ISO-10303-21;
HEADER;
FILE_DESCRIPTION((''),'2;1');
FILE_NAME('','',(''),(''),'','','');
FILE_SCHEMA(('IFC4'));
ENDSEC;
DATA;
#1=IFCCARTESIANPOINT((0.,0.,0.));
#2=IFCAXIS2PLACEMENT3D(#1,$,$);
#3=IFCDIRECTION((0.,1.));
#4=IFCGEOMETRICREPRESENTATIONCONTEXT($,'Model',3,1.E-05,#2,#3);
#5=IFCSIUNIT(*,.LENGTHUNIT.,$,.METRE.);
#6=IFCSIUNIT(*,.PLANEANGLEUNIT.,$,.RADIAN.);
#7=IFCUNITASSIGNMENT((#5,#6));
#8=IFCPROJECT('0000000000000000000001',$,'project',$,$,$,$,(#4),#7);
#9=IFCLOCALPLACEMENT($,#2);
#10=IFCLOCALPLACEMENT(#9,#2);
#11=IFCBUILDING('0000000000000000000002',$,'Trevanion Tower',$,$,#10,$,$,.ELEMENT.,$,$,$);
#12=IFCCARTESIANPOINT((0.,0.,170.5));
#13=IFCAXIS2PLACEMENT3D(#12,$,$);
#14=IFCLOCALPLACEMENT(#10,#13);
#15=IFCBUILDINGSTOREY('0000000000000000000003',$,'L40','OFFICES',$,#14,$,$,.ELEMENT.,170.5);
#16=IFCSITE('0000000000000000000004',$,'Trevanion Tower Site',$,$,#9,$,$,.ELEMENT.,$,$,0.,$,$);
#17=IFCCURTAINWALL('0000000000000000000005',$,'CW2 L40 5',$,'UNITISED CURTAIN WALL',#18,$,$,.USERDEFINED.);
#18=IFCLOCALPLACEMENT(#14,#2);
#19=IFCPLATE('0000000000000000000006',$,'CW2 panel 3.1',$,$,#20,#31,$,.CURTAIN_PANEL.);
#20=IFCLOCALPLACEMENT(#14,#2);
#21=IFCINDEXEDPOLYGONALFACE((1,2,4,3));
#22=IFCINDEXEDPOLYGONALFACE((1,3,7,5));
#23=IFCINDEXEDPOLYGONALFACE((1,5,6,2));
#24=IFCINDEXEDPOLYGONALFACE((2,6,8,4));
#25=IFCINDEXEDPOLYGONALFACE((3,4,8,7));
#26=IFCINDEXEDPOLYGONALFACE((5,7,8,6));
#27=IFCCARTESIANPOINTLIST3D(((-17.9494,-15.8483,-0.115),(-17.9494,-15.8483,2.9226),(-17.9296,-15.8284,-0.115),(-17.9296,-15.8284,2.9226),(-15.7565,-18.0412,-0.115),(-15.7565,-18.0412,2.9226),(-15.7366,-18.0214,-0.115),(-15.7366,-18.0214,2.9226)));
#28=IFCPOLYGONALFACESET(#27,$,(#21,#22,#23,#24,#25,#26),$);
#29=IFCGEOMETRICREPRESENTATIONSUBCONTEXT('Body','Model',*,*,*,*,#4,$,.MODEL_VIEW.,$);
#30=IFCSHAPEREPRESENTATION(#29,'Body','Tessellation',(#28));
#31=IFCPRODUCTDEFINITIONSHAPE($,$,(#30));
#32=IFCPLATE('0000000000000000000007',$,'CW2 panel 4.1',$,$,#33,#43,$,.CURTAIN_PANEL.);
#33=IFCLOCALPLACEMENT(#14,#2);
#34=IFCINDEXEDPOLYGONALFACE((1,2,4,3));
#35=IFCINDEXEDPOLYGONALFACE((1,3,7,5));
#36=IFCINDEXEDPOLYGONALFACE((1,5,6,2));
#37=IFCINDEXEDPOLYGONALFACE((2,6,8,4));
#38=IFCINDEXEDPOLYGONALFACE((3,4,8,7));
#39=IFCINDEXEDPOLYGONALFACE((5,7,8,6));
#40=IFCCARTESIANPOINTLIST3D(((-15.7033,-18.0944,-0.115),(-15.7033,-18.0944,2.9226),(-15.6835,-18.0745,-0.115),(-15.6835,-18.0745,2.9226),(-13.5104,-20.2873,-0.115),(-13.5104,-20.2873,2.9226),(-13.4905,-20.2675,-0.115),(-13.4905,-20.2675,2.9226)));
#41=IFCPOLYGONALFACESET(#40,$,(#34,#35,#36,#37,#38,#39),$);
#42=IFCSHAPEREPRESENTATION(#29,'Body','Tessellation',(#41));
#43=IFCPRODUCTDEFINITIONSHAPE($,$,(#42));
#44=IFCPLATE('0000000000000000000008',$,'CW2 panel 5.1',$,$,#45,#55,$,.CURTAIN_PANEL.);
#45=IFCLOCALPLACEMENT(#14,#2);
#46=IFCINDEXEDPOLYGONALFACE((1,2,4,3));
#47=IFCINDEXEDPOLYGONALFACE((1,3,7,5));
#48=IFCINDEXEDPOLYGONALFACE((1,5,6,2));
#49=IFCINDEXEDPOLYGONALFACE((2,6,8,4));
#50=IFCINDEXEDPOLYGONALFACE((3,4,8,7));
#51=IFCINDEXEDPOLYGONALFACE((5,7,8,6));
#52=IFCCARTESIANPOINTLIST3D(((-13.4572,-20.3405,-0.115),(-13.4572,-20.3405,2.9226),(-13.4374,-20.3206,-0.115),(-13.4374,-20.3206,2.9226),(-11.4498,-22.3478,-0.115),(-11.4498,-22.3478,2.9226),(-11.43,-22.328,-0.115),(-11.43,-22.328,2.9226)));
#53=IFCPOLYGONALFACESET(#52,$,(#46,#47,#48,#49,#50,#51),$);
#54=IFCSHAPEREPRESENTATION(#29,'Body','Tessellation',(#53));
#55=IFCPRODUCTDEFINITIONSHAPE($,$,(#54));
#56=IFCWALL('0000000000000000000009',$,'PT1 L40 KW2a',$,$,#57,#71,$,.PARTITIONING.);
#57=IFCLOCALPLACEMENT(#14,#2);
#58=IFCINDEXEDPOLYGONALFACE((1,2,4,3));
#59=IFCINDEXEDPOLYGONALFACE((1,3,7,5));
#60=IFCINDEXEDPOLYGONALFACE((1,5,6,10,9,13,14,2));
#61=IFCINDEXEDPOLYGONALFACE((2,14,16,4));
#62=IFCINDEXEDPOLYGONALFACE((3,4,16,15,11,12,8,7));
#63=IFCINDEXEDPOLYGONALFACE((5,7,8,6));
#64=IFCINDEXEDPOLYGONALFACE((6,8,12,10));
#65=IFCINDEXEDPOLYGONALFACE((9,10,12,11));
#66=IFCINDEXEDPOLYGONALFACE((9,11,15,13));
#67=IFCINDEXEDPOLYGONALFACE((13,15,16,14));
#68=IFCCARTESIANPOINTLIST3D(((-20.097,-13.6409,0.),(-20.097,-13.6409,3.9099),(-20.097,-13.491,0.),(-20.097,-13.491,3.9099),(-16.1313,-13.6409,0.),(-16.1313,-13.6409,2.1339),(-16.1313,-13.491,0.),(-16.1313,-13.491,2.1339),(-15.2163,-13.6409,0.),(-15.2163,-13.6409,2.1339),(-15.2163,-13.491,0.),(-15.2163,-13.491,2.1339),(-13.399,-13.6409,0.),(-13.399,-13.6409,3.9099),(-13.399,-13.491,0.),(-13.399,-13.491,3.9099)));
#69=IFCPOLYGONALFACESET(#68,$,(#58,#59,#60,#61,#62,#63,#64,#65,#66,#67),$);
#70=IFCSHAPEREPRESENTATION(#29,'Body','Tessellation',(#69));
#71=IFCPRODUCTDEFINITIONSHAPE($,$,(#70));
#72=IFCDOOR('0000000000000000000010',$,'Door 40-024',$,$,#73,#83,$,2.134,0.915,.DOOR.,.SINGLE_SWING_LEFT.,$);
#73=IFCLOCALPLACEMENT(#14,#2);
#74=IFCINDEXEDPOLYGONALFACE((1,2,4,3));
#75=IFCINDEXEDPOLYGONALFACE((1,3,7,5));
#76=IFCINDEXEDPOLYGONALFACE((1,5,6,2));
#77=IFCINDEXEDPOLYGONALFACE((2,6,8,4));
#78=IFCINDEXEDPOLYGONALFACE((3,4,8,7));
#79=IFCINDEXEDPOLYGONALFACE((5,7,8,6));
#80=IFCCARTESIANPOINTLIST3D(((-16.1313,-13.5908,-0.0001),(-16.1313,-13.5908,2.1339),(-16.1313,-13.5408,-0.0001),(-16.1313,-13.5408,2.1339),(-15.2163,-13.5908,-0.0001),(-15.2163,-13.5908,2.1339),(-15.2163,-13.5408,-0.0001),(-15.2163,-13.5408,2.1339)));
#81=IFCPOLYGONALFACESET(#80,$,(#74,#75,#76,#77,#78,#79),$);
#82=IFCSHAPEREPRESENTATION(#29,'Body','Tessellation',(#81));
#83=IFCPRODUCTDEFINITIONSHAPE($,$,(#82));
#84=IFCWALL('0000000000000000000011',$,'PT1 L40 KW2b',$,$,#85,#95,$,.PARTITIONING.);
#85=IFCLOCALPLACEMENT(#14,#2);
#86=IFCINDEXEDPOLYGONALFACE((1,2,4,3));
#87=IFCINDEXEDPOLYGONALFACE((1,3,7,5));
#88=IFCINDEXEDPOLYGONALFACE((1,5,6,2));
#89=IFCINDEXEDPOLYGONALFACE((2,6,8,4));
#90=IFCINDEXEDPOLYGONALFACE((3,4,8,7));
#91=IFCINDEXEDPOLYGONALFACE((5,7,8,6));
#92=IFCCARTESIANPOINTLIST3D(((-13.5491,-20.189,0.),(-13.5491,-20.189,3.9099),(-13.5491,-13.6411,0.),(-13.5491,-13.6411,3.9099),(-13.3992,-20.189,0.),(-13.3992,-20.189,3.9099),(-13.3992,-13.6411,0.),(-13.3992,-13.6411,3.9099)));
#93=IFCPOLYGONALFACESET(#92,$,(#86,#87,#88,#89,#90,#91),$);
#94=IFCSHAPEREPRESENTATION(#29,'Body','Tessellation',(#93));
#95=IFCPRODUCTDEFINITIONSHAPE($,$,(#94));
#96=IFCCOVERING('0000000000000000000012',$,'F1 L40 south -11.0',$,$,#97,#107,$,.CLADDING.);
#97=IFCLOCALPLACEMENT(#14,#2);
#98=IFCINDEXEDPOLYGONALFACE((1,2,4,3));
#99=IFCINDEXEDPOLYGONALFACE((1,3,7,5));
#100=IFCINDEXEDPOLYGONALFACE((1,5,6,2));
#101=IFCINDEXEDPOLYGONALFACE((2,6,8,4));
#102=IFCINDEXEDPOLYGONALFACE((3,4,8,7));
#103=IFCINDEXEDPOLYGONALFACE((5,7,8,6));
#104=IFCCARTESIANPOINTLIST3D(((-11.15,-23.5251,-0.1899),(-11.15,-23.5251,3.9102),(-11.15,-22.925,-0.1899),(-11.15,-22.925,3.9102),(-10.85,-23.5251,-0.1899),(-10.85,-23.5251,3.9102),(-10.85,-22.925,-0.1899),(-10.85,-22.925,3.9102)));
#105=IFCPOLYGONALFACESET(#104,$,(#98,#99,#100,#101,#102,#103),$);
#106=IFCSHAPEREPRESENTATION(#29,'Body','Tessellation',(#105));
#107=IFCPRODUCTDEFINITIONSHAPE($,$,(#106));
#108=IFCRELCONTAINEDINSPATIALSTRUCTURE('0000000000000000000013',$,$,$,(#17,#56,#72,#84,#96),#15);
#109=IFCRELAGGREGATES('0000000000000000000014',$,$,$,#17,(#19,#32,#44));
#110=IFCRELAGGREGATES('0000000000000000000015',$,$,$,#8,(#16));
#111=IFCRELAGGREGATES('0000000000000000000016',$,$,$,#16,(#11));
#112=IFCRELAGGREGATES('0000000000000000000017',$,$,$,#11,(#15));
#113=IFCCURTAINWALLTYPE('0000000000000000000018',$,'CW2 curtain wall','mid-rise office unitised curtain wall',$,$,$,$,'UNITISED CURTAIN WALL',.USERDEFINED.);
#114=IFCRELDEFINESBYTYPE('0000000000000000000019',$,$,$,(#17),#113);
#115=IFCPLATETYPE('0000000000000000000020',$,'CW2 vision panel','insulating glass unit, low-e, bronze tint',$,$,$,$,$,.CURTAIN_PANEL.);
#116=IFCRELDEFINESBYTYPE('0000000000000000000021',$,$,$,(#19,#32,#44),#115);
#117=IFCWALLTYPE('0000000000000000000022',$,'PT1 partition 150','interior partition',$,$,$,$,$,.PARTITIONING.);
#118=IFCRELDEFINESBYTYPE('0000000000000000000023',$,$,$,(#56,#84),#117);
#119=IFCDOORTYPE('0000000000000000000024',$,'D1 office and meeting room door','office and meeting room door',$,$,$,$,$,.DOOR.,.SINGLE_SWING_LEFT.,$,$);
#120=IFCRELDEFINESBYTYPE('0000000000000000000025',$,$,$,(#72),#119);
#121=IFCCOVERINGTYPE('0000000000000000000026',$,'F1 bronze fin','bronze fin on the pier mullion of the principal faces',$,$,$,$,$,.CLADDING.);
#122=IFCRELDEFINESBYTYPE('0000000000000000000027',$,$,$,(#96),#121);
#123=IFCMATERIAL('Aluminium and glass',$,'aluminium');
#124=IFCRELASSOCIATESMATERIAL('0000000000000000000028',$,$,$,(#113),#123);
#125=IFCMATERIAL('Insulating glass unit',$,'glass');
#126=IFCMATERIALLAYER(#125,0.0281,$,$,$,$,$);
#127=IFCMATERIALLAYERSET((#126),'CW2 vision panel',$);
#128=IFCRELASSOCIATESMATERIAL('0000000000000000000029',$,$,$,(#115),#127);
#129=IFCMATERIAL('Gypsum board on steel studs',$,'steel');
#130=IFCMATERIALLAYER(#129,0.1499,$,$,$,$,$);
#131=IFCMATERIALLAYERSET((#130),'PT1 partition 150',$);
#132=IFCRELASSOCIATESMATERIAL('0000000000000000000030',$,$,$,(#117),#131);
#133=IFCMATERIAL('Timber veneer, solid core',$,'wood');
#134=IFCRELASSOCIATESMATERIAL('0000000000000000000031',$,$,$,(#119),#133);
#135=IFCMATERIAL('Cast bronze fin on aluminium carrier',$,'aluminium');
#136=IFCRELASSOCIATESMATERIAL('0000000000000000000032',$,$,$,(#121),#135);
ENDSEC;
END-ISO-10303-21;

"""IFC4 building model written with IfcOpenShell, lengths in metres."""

from ifc_helpers import new_model, si_unit, direction, frame, frame_2d, origin, origin_2d, place, context, subcontext, project, spatial, rectangle, extrude, material, layer, layer_set, type_object, element, fill, aggregate, save


model = new_model("IFC4")

# Units and contexts
model_context = context("Model", 3, precision=1e-05, world=origin(), true_north=direction((0.0, 1.0)))
body_context = subcontext(model_context, "Body", "Model", "MODEL_VIEW")
ifc_project = project(units=[si_unit("LENGTHUNIT", "METRE"), si_unit("PLANEANGLEUNIT", "RADIAN")], contexts=[model_context])

# Site, building, storey
site_placement = place(None, origin())
site = spatial("IfcSite", under=ifc_project, at=site_placement, Name="Trevanion Tower Site", CompositionType="ELEMENT", RefElevation=0.0)
building_placement = place(site_placement, origin())
building = spatial("IfcBuilding", under=site, at=building_placement, Name="Trevanion Tower", CompositionType="ELEMENT")
storey_placement = place(building_placement, frame((0.0, 0.0, 170.5)))
storey = spatial("IfcBuildingStorey", under=building, at=storey_placement, Name="L40", Description="OFFICES", CompositionType="ELEMENT", Elevation=170.5)

# Curtain wall
ifc_material_1 = material(Name="Aluminium and glass", Category="aluminium")
curtain_wall_type = type_object("IfcCurtainWallType", Name="CW2 curtain wall", Description="mid-rise office unitised curtain wall", ElementType="UNITISED CURTAIN WALL", PredefinedType="USERDEFINED", material=ifc_material_1)
curtain_wall_placement = place(storey_placement, origin())
curtain_wall = element("IfcCurtainWall", 1, at=curtain_wall_placement, inside=storey, type_object=curtain_wall_type, Name="CW2 L40 5", ObjectType="UNITISED CURTAIN WALL", PredefinedType="USERDEFINED")

# Plates
ifc_material_2 = material(Name="Insulating glass unit", Category="glass")
ifc_layer_1 = layer(ifc_material_2, 0.0281)
ifc_layer_set_1 = layer_set([ifc_layer_1], Name="CW2 vision panel")
plate_type_1 = type_object("IfcPlateType", Name="CW2 vision panel", Description="insulating glass unit, low-e, bronze tint", PredefinedType="CURTAIN_PANEL", material=ifc_layer_set_1)
plate_1_placement = place(storey_placement, frame((-16.843, -16.9348, -0.115), z_axis=(0.0, 0.0, 1.0), x_axis=(0.707107, -0.707107, 0.0)))
plate_1 = element("IfcPlate", 2, at=plate_1_placement, type_object=plate_type_1, Name="CW2 panel 3.1", PredefinedType="CURTAIN_PANEL", context=body_context, shape_type="SweptSolid", body=[
    extrude(rectangle(XDim=3.1013, YDim=0.0281, at=origin_2d()), origin(), (0.0, 0.0, 1.0), 3.0376),
])
plate_2_placement = place(storey_placement, frame((-14.5969, -19.1809, -0.115), z_axis=(0.0, 0.0, 1.0), x_axis=(0.707107, -0.707107, 0.0)))
plate_2 = element("IfcPlate", 3, at=plate_2_placement, type_object=plate_type_1, Name="CW2 panel 4.1", PredefinedType="CURTAIN_PANEL", context=body_context, shape_type="SweptSolid", body=[
    extrude(rectangle(XDim=3.1013, YDim=0.0281, at=origin_2d()), origin(), (0.0, 0.0, 1.0), 3.0376),
])
plate_3_placement = place(storey_placement, frame((-12.4436, -21.3342, -0.115), z_axis=(0.0, 0.0, 1.0), x_axis=(0.707107, -0.707107, 0.0)))
plate_3 = element("IfcPlate", 4, at=plate_3_placement, type_object=plate_type_1, Name="CW2 panel 5.1", PredefinedType="CURTAIN_PANEL", context=body_context, shape_type="SweptSolid", body=[
    extrude(rectangle(XDim=2.8389, YDim=0.0281, at=origin_2d()), origin(), (0.0, 0.0, 1.0), 3.0376),
])
aggregate(curtain_wall, [plate_1, plate_2, plate_3])

# Wall, opening, door
ifc_material_3 = material(Name="Gypsum board on steel studs", Category="steel")
ifc_layer_2 = layer(ifc_material_3, 0.1499)
ifc_layer_set_2 = layer_set([ifc_layer_2], Name="PT1 partition 150")
wall_type = type_object("IfcWallType", Name="PT1 partition 150", Description="interior partition", PredefinedType="PARTITIONING", material=ifc_layer_set_2)
wall_1_placement = place(storey_placement, frame((-13.3989, -13.5659, 0.0), z_axis=(0.0, 0.0, 1.0), x_axis=(-1.0, 0.0, 0.0)))
wall_1 = element("IfcWall", 5, at=wall_1_placement, inside=storey, type_object=wall_type, Name="PT1 L40 KW2a", PredefinedType="PARTITIONING", context=body_context, shape_type="SweptSolid", body=[
    extrude(rectangle(XDim=6.698, YDim=0.1499, at=frame_2d((3.3491, 0.0))), origin(), (0.0, 0.0, 1.0), 3.9099),
])
opening_placement = place(wall_1_placement, frame((1.8174, 0.0, 0.0)))
opening = element("IfcOpeningElement", 6, at=opening_placement, cuts=wall_1, PredefinedType="OPENING", context=body_context, shape_type="SweptSolid", body=[
    extrude(rectangle(XDim=0.915, YDim=2.134, at=frame_2d((0.4575, 1.0669))), frame((0.0, 0.085, 0.0), z_axis=(0.0, -1.0, 0.0), x_axis=(1.0, 0.0, 0.0)), (0.0, 0.0, 1.0), 0.1699),
])
ifc_material_4 = material(Name="Timber veneer, solid core", Category="wood")
door_type = type_object("IfcDoorType", Name="D1 office and meeting room door", Description="office and meeting room door", OperationType="SINGLE_SWING_LEFT", PredefinedType="DOOR", material=ifc_material_4)
door_placement = place(opening_placement, origin())
door = element("IfcDoor", 7, at=door_placement, inside=storey, type_object=door_type, Name="Door 40-024", OperationType="SINGLE_SWING_LEFT", OverallHeight=2.134, OverallWidth=0.915, PredefinedType="DOOR", context=body_context, shape_type="SweptSolid", body=[
    extrude(rectangle(XDim=0.915, YDim=2.134, at=frame_2d((0.4575, 1.0669))), frame((0.0, 0.0249, 0.0), z_axis=(0.0, -1.0, 0.0), x_axis=(1.0, 0.0, 0.0)), (0.0, 0.0, 1.0), 0.05),
])
fill(opening, door)

# Wall
wall_2_placement = place(storey_placement, frame((-13.4741, -13.6411, 0.0), z_axis=(0.0, 0.0, 1.0), x_axis=(0.0, -1.0, 0.0)))
element("IfcWall", 8, at=wall_2_placement, inside=storey, type_object=wall_type, Name="PT1 L40 KW2b", PredefinedType="PARTITIONING", context=body_context, shape_type="SweptSolid", body=[
    extrude(rectangle(XDim=6.5479, YDim=0.1499, at=frame_2d((3.2739, 0.0))), origin(), (0.0, 0.0, 1.0), 3.9099),
])

# Covering
ifc_material_5 = material(Name="Cast bronze fin on aluminium carrier", Category="aluminium")
covering_type = type_object("IfcCoveringType", Name="F1 bronze fin", Description="bronze fin on the pier mullion of the principal faces", PredefinedType="CLADDING", material=ifc_material_5)
covering_placement = place(storey_placement, frame((-11.0, -23.2251, -0.1899), z_axis=(0.0, 0.0, 1.0), x_axis=(1.0, 0.0, 0.0)))
element("IfcCovering", 9, at=covering_placement, inside=storey, type_object=covering_type, Name="F1 L40 south -11.0", PredefinedType="CLADDING", context=body_context, shape_type="SweptSolid", body=[
    extrude(rectangle(XDim=0.3, YDim=0.6001, at=origin_2d()), origin(), (0.0, 0.0, 1.0), 4.1001),
])

save(model, "model.ifc")
